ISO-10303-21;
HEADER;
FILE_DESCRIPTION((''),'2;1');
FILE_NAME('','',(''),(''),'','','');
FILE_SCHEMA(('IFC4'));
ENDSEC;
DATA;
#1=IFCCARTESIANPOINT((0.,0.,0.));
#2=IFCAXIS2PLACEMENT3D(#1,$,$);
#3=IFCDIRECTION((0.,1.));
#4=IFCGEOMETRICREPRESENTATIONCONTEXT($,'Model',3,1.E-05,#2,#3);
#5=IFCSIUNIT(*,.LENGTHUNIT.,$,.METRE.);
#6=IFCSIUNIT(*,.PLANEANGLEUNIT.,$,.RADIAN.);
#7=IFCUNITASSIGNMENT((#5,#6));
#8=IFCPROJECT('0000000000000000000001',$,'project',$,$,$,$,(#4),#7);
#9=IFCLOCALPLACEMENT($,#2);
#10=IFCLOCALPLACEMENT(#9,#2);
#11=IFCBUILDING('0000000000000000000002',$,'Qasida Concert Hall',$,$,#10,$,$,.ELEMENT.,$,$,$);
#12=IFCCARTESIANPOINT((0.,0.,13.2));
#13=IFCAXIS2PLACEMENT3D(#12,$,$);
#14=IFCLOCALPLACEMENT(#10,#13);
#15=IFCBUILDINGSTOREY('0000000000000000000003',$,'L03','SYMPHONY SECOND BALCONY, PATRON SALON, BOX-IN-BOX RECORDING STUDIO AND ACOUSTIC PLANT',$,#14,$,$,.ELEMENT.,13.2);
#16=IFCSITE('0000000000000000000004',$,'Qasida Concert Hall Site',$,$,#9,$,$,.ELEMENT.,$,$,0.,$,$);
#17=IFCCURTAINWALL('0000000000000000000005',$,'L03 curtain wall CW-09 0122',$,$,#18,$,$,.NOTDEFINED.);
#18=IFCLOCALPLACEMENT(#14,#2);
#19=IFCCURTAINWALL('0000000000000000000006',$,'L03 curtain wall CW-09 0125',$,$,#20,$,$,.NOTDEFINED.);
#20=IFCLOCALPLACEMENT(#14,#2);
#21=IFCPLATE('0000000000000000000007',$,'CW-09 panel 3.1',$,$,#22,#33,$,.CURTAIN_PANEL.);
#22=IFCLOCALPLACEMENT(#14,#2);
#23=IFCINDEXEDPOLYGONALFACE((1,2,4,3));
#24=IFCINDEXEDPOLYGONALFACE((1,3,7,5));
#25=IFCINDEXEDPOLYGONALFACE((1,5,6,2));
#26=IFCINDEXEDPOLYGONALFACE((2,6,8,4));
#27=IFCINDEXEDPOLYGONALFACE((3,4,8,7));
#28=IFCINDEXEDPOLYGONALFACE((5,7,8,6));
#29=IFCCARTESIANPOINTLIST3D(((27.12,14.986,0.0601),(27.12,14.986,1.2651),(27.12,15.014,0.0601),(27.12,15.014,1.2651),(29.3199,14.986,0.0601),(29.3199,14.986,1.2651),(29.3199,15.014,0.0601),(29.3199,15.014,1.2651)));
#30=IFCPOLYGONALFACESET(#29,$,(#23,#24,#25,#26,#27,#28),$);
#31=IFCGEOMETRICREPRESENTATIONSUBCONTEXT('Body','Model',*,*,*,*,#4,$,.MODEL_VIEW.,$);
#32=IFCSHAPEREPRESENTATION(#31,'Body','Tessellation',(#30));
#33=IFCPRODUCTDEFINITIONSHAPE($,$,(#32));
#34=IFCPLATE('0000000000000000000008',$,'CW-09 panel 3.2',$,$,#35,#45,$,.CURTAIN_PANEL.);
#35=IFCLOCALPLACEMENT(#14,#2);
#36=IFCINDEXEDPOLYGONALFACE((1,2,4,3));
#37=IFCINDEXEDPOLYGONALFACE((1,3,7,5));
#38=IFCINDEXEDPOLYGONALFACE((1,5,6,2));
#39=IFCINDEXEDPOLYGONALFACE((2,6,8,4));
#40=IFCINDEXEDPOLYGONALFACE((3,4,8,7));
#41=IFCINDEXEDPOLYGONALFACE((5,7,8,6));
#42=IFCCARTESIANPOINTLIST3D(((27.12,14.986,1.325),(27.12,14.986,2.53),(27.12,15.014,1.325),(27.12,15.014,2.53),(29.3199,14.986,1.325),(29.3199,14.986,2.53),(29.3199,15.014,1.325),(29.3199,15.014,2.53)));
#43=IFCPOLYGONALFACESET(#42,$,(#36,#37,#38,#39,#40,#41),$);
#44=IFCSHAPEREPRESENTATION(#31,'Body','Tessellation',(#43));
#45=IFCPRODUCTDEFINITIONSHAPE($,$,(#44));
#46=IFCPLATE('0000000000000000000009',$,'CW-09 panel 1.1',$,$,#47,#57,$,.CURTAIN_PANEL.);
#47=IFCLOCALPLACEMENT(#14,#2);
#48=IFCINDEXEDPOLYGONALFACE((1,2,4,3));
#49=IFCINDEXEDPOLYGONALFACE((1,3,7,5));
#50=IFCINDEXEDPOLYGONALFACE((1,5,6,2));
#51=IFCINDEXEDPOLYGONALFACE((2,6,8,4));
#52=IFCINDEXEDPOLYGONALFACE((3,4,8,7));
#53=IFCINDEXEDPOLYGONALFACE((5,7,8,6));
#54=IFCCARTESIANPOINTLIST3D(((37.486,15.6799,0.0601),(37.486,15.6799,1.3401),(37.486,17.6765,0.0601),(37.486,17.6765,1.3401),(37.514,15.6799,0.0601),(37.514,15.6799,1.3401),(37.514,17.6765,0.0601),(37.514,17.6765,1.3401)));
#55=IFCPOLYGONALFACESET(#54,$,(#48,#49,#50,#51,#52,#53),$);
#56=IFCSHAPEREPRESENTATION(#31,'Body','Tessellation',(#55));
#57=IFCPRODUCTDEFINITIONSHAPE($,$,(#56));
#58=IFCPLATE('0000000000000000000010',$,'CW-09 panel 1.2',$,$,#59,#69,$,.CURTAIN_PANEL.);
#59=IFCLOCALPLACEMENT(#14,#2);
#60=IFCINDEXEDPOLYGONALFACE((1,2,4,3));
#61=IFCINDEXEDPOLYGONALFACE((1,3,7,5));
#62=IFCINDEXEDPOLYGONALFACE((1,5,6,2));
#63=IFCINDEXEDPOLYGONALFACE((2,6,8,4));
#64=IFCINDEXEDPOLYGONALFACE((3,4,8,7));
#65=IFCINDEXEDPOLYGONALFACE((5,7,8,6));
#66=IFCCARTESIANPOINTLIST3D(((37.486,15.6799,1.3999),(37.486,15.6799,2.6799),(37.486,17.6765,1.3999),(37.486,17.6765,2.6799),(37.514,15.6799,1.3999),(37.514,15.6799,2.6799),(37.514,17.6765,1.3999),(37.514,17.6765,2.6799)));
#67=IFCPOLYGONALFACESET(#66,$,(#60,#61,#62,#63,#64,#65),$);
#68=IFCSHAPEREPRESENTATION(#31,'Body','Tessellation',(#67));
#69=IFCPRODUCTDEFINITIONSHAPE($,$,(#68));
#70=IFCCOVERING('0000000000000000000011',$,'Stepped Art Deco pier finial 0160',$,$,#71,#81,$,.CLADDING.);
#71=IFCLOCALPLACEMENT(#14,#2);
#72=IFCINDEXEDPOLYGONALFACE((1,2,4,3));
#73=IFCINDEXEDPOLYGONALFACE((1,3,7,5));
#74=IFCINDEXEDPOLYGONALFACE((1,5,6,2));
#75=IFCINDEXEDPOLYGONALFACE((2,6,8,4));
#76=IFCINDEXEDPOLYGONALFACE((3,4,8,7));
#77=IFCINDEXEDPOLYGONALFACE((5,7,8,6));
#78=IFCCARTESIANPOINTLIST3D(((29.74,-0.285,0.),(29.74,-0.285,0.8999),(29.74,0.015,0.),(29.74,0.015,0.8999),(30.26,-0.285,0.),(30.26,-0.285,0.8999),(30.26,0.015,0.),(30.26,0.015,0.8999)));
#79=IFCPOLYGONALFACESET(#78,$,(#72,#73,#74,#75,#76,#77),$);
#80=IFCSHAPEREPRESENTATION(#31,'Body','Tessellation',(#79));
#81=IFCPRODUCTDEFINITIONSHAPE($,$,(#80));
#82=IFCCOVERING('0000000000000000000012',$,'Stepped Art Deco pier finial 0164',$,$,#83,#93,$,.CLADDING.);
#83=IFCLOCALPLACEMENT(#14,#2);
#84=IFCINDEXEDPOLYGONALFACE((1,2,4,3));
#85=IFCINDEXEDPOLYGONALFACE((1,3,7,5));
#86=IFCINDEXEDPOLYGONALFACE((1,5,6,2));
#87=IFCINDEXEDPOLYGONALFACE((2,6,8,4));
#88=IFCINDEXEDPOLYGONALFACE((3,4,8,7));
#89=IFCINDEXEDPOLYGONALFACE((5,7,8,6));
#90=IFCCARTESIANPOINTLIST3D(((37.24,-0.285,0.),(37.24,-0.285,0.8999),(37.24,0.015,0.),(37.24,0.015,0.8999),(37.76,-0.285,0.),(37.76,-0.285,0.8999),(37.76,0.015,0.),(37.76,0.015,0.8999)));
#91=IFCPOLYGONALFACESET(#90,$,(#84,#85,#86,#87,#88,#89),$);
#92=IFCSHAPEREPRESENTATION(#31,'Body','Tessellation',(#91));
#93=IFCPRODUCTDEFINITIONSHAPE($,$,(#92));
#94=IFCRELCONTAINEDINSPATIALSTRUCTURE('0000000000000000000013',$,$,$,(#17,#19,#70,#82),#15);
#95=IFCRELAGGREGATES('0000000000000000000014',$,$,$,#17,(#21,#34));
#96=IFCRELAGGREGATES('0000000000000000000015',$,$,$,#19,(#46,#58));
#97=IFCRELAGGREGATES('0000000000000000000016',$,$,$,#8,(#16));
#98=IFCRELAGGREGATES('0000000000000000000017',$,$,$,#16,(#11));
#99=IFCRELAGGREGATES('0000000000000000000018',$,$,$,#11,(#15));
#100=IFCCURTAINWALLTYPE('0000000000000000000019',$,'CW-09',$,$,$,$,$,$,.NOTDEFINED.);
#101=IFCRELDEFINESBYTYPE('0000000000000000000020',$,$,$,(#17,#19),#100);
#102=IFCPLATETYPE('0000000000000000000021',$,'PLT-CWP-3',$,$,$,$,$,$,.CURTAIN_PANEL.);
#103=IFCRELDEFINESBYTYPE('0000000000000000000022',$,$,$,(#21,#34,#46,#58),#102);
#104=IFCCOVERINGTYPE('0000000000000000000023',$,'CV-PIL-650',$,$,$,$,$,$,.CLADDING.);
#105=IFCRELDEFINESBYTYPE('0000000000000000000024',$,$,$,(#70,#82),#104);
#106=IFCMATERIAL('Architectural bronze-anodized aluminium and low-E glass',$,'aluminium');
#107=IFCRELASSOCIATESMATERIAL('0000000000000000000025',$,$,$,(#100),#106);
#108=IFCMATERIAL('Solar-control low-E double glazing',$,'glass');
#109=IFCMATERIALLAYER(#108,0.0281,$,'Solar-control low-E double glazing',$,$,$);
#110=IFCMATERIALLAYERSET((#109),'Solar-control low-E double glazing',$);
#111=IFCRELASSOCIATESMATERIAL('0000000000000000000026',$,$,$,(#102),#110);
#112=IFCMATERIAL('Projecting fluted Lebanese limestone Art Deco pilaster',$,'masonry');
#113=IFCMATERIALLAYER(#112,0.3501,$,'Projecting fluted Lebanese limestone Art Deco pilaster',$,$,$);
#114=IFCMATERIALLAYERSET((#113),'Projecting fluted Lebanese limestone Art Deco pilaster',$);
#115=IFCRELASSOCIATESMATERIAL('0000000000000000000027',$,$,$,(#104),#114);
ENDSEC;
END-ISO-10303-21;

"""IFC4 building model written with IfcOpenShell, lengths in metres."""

from ifc_helpers import new_model, si_unit, direction, frame, origin, origin_2d, place, context, subcontext, project, spatial, rectangle, extrude, material, layer, layer_set, type_object, element, aggregate, save


model = new_model("IFC4")

# Units and contexts
model_context = context("Model", 3, precision=1e-05, world=origin(), true_north=direction((0.0, 1.0)))
body_context = subcontext(model_context, "Body", "Model", "MODEL_VIEW")
ifc_project = project(units=[si_unit("LENGTHUNIT", "METRE"), si_unit("PLANEANGLEUNIT", "RADIAN")], contexts=[model_context])

# Site, building, storey
site_placement = place(None, origin())
site = spatial("IfcSite", under=ifc_project, at=site_placement, Name="Qasida Concert Hall Site", CompositionType="ELEMENT", RefElevation=0.0)
building_placement = place(site_placement, origin())
building = spatial("IfcBuilding", under=site, at=building_placement, Name="Qasida Concert Hall", CompositionType="ELEMENT")
storey_placement = place(building_placement, frame((0.0, 0.0, 13.2)))
storey = spatial("IfcBuildingStorey", under=building, at=storey_placement, Name="L03", Description="SYMPHONY SECOND BALCONY, PATRON SALON, BOX-IN-BOX RECORDING STUDIO AND ACOUSTIC PLANT", CompositionType="ELEMENT", Elevation=13.2)

# Curtain wall
ifc_material_1 = material(Name="Architectural bronze-anodized aluminium and low-E glass", Category="aluminium")
curtain_wall_type = type_object("IfcCurtainWallType", Name="CW-09", PredefinedType="NOTDEFINED", material=ifc_material_1)
curtain_wall_1_placement = place(storey_placement, origin())
curtain_wall_1 = element("IfcCurtainWall", 1, at=curtain_wall_1_placement, inside=storey, type_object=curtain_wall_type, Name="L03 curtain wall CW-09 0122", PredefinedType="NOTDEFINED")

# Curtain wall
curtain_wall_2_placement = place(storey_placement, origin())
curtain_wall_2 = element("IfcCurtainWall", 2, at=curtain_wall_2_placement, inside=storey, type_object=curtain_wall_type, Name="L03 curtain wall CW-09 0125", PredefinedType="NOTDEFINED")

# Plates
ifc_material_2 = material(Name="Solar-control low-E double glazing", Category="glass")
ifc_layer_1 = layer(ifc_material_2, 0.0281, Name="Solar-control low-E double glazing")
ifc_layer_set_1 = layer_set([ifc_layer_1], Name="Solar-control low-E double glazing")
plate_type = type_object("IfcPlateType", Name="PLT-CWP-3", PredefinedType="CURTAIN_PANEL", material=ifc_layer_set_1)
plate_1_placement = place(storey_placement, frame((28.22, 15.0, 0.0601), z_axis=(0.0, 0.0, 1.0), x_axis=(1.0, 0.0, 0.0)))
plate_1 = element("IfcPlate", 3, at=plate_1_placement, type_object=plate_type, Name="CW-09 panel 3.1", PredefinedType="CURTAIN_PANEL", context=body_context, shape_type="SweptSolid", body=[
    extrude(rectangle(XDim=2.2, YDim=0.0281, at=origin_2d()), origin(), (0.0, 0.0, 1.0), 1.2051),
])
plate_2_placement = place(storey_placement, frame((28.22, 15.0, 1.325), z_axis=(0.0, 0.0, 1.0), x_axis=(1.0, 0.0, 0.0)))
plate_2 = element("IfcPlate", 4, at=plate_2_placement, type_object=plate_type, Name="CW-09 panel 3.2", PredefinedType="CURTAIN_PANEL", context=body_context, shape_type="SweptSolid", body=[
    extrude(rectangle(XDim=2.2, YDim=0.0281, at=origin_2d()), origin(), (0.0, 0.0, 1.0), 1.2051),
])
aggregate(curtain_wall_1, [plate_1, plate_2])
plate_3_placement = place(storey_placement, frame((37.5, 16.6782, 0.0601), z_axis=(0.0, 0.0, 1.0), x_axis=(0.0, 1.0, 0.0)))
plate_3 = element("IfcPlate", 5, at=plate_3_placement, type_object=plate_type, Name="CW-09 panel 1.1", PredefinedType="CURTAIN_PANEL", context=body_context, shape_type="SweptSolid", body=[
    extrude(rectangle(XDim=1.9966, YDim=0.0281, at=origin_2d()), origin(), (0.0, 0.0, 1.0), 1.28),
])
plate_4_placement = place(storey_placement, frame((37.5, 16.6782, 1.3999), z_axis=(0.0, 0.0, 1.0), x_axis=(0.0, 1.0, 0.0)))
plate_4 = element("IfcPlate", 6, at=plate_4_placement, type_object=plate_type, Name="CW-09 panel 1.2", PredefinedType="CURTAIN_PANEL", context=body_context, shape_type="SweptSolid", body=[
    extrude(rectangle(XDim=1.9966, YDim=0.0281, at=origin_2d()), origin(), (0.0, 0.0, 1.0), 1.28),
])
aggregate(curtain_wall_2, [plate_3, plate_4])

# Coverings
ifc_material_3 = material(Name="Projecting fluted Lebanese limestone Art Deco pilaster", Category="masonry")
ifc_layer_2 = layer(ifc_material_3, 0.3501, Name="Projecting fluted Lebanese limestone Art Deco pilaster")
ifc_layer_set_2 = layer_set([ifc_layer_2], Name="Projecting fluted Lebanese limestone Art Deco pilaster")
covering_type = type_object("IfcCoveringType", Name="CV-PIL-650", PredefinedType="CLADDING", material=ifc_layer_set_2)
for number, where, z_axis, x_axis, name in (
    (7, (30.0, -0.135, 0.0), (0.0, 0.0, 1.0), (1.0, 0.0, 0.0), "Stepped Art Deco pier finial 0160"),
    (8, (37.5, -0.135, 0.0), (0.0, 0.0, 1.0), (1.0, 0.0, 0.0), "Stepped Art Deco pier finial 0164"),
):
    element("IfcCovering", number, at=place(storey_placement, frame(where, z_axis=z_axis, x_axis=x_axis)), inside=storey, type_object=covering_type, Name=name, PredefinedType="CLADDING", context=body_context, shape_type="SweptSolid", body=[
        extrude(rectangle(XDim=0.52, YDim=0.3, at=origin_2d()), origin(), (0.0, 0.0, 1.0), 0.8999),
    ])

save(model, "model.ifc")
